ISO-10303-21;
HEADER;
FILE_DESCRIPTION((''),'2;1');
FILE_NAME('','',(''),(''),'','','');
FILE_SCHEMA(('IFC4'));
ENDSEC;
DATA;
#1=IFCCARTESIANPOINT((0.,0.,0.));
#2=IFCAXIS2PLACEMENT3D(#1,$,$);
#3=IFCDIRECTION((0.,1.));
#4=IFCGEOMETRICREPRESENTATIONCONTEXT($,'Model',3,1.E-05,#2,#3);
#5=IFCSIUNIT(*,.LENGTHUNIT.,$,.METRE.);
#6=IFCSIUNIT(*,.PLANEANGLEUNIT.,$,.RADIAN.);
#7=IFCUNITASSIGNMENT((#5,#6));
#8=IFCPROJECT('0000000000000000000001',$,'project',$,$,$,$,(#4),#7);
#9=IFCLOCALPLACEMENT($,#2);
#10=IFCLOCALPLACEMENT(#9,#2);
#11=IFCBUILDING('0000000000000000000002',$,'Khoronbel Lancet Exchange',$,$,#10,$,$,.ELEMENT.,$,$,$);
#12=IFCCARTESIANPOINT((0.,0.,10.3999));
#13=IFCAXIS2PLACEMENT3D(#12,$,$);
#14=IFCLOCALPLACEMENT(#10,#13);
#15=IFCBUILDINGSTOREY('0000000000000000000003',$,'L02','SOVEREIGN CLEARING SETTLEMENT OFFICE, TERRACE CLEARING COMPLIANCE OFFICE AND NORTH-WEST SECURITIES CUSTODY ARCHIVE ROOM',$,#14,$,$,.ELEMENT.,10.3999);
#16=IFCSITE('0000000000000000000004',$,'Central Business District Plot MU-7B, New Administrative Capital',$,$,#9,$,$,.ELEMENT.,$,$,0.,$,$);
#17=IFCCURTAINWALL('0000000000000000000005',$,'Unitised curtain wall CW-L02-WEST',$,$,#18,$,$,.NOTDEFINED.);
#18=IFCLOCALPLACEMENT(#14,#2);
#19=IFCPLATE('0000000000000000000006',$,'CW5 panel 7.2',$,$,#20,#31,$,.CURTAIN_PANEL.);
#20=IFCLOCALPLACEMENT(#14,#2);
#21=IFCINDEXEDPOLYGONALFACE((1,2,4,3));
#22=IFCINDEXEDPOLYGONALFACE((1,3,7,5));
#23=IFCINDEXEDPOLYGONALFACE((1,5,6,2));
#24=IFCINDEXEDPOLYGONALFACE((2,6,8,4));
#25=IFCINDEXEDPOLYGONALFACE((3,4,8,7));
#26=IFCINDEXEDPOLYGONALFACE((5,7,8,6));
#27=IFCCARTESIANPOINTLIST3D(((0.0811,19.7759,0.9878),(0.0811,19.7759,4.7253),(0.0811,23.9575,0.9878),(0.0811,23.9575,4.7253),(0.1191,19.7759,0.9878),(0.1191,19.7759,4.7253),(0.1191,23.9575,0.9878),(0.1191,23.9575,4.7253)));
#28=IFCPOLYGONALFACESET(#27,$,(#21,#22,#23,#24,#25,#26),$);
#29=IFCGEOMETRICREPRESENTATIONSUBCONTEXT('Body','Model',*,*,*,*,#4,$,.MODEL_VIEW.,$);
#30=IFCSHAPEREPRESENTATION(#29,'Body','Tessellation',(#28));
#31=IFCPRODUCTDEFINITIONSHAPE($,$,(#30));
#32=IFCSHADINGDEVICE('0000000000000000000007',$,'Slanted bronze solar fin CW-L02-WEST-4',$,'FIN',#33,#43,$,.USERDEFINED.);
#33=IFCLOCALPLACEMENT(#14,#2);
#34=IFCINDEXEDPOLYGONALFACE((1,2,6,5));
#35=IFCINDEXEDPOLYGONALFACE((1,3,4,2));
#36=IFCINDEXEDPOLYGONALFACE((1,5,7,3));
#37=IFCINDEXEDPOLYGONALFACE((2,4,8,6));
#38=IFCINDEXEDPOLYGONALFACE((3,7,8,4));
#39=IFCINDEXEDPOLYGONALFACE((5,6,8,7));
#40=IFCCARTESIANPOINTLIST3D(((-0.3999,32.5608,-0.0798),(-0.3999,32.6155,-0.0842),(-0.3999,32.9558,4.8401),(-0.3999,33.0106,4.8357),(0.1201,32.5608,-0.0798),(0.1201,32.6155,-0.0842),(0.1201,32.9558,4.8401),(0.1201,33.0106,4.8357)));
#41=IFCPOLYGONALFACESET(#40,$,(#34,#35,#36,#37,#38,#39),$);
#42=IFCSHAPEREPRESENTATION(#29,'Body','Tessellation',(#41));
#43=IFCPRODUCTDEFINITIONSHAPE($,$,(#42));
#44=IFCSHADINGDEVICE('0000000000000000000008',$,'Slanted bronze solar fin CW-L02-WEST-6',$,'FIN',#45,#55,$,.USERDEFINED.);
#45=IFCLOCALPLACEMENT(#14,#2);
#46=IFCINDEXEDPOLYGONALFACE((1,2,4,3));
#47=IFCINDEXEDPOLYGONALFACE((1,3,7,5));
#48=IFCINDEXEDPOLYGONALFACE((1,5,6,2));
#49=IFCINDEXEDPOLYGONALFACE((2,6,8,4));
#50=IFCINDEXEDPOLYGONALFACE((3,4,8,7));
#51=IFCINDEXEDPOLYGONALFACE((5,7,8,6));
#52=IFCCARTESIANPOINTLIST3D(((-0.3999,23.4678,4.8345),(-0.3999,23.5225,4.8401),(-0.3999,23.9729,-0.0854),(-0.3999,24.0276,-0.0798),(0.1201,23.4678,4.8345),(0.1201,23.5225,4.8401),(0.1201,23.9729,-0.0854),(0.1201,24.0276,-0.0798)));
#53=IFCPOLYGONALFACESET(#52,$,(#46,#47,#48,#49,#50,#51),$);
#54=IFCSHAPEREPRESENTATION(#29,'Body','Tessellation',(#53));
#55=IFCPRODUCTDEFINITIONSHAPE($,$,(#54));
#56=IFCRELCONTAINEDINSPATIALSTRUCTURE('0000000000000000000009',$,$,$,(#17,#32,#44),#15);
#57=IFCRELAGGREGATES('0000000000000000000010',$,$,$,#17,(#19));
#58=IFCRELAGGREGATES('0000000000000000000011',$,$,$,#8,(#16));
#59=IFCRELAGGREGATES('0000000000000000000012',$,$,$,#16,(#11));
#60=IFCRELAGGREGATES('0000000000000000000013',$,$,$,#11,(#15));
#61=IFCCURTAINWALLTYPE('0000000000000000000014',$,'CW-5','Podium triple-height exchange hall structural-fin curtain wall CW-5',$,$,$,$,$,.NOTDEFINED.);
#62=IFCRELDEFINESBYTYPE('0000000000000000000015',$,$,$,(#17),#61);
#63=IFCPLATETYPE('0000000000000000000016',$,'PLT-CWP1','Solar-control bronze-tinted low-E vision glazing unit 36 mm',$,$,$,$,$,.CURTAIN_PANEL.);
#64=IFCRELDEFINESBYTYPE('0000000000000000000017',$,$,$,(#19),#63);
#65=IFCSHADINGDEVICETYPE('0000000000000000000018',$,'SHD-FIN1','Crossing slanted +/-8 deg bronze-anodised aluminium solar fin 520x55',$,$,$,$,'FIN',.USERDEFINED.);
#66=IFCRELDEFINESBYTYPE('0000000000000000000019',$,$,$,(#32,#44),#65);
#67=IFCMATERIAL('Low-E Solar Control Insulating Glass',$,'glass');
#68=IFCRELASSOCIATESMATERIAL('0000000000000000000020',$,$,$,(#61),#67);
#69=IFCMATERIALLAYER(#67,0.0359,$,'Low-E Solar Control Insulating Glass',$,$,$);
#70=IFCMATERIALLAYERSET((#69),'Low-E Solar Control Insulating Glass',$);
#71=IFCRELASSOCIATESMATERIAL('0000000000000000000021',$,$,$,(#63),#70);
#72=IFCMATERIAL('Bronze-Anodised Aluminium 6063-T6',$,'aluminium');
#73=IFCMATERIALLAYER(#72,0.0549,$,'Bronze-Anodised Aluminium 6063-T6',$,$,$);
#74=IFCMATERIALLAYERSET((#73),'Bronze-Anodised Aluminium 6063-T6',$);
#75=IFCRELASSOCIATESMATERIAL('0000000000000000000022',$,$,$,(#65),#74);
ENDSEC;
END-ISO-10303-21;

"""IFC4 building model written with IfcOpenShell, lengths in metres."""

from ifc_helpers import new_model, si_unit, direction, frame, origin, origin_2d, place, context, subcontext, project, spatial, polyline, rectangle, outline, extrude, material, layer, layer_set, type_object, element, aggregate, save


model = new_model("IFC4")

# Units and contexts
model_context = context("Model", 3, precision=1e-05, world=origin(), true_north=direction((0.0, 1.0)))
body_context = subcontext(model_context, "Body", "Model", "MODEL_VIEW")
ifc_project = project(units=[si_unit("LENGTHUNIT", "METRE"), si_unit("PLANEANGLEUNIT", "RADIAN")], contexts=[model_context])

# Site, building, storey
site_placement = place(None, origin())
site = spatial("IfcSite", under=ifc_project, at=site_placement, Name="Central Business District Plot MU-7B, New Administrative Capital", CompositionType="ELEMENT", RefElevation=0.0)
building_placement = place(site_placement, origin())
building = spatial("IfcBuilding", under=site, at=building_placement, Name="Khoronbel Lancet Exchange", CompositionType="ELEMENT")
storey_placement = place(building_placement, frame((0.0, 0.0, 10.3999)))
storey = spatial("IfcBuildingStorey", under=building, at=storey_placement, Name="L02", Description="SOVEREIGN CLEARING SETTLEMENT OFFICE, TERRACE CLEARING COMPLIANCE OFFICE AND NORTH-WEST SECURITIES CUSTODY ARCHIVE ROOM", CompositionType="ELEMENT", Elevation=10.3999)

# Curtain wall, plate
ifc_material_1 = material(Name="Low-E Solar Control Insulating Glass", Category="glass")
curtain_wall_type = type_object("IfcCurtainWallType", Name="CW-5", Description="Podium triple-height exchange hall structural-fin curtain wall CW-5", PredefinedType="NOTDEFINED", material=ifc_material_1)
curtain_wall_placement = place(storey_placement, origin())
curtain_wall = element("IfcCurtainWall", 1, at=curtain_wall_placement, inside=storey, type_object=curtain_wall_type, Name="Unitised curtain wall CW-L02-WEST", PredefinedType="NOTDEFINED")
ifc_material_2 = material(Name="Bronze-Anodised Aluminium 6063-T6", Category="aluminium")
ifc_layer_1 = layer(ifc_material_1, 0.0359, Name="Low-E Solar Control Insulating Glass")
ifc_layer_set_1 = layer_set([ifc_layer_1], Name="Low-E Solar Control Insulating Glass")
plate_type = type_object("IfcPlateType", Name="PLT-CWP1", Description="Solar-control bronze-tinted low-E vision glazing unit 36 mm", PredefinedType="CURTAIN_PANEL", material=ifc_layer_set_1)
plate_1_placement = place(storey_placement, frame((0.1001, 21.8667, 0.9878), z_axis=(0.0, 0.0, 1.0), x_axis=(0.0, -1.0, 0.0)))
plate_1 = element("IfcPlate", 2, at=plate_1_placement, type_object=plate_type, Name="CW5 panel 7.2", PredefinedType="CURTAIN_PANEL", context=body_context, shape_type="SweptSolid", body=[
    extrude(rectangle(XDim=4.1816, YDim=0.0381, at=origin_2d()), origin(), (0.0, 0.0, 1.0), 3.7375),
])
aggregate(curtain_wall, [plate_1])

# Shading devices
ifc_layer_2 = layer(ifc_material_2, 0.0549, Name="Bronze-Anodised Aluminium 6063-T6")
ifc_layer_set_2 = layer_set([ifc_layer_2], Name="Bronze-Anodised Aluminium 6063-T6")
shading_device_type = type_object("IfcShadingDeviceType", Name="SHD-FIN1", Description="Crossing slanted +/-8 deg bronze-anodised aluminium solar fin 520x55", ElementType="FIN", PredefinedType="USERDEFINED", material=ifc_layer_set_2)
shading_device_1_placement = place(storey_placement, frame((0.1201, 32.5608, -0.0798), z_axis=(0.0, -0.996792, 0.080032), x_axis=(-1.0, 0.0, 0.0)))
element("IfcShadingDevice", 3, at=shading_device_1_placement, inside=storey, type_object=shading_device_type, Name="Slanted bronze solar fin CW-L02-WEST-4", ObjectType="FIN", PredefinedType="USERDEFINED", context=body_context, shape_type="SweptSolid", body=[
    extrude(outline(polyline([(0.0, 0.0), (0.52, 0.0), (0.52, -4.9358), (0.0, -4.9358), (0.0, 0.0)])), origin(), (0.0, 0.0, -1.0), 0.0549),
])
shading_device_2_placement = place(storey_placement, frame((0.1201, 24.0276, -0.0798), z_axis=(0.0, 0.994771, 0.102133), x_axis=(-1.0, 0.0, 0.0)))
element("IfcShadingDevice", 4, at=shading_device_2_placement, inside=storey, type_object=shading_device_type, Name="Slanted bronze solar fin CW-L02-WEST-6", ObjectType="FIN", PredefinedType="USERDEFINED", context=body_context, shape_type="SweptSolid", body=[
    extrude(outline(polyline([(0.0, 0.0), (0.52, 0.0), (0.52, 4.9458), (0.0, 4.9458), (0.0, 0.0)])), origin(), (0.0, 0.0, -1.0), 0.0549),
])

save(model, "model.ifc")
